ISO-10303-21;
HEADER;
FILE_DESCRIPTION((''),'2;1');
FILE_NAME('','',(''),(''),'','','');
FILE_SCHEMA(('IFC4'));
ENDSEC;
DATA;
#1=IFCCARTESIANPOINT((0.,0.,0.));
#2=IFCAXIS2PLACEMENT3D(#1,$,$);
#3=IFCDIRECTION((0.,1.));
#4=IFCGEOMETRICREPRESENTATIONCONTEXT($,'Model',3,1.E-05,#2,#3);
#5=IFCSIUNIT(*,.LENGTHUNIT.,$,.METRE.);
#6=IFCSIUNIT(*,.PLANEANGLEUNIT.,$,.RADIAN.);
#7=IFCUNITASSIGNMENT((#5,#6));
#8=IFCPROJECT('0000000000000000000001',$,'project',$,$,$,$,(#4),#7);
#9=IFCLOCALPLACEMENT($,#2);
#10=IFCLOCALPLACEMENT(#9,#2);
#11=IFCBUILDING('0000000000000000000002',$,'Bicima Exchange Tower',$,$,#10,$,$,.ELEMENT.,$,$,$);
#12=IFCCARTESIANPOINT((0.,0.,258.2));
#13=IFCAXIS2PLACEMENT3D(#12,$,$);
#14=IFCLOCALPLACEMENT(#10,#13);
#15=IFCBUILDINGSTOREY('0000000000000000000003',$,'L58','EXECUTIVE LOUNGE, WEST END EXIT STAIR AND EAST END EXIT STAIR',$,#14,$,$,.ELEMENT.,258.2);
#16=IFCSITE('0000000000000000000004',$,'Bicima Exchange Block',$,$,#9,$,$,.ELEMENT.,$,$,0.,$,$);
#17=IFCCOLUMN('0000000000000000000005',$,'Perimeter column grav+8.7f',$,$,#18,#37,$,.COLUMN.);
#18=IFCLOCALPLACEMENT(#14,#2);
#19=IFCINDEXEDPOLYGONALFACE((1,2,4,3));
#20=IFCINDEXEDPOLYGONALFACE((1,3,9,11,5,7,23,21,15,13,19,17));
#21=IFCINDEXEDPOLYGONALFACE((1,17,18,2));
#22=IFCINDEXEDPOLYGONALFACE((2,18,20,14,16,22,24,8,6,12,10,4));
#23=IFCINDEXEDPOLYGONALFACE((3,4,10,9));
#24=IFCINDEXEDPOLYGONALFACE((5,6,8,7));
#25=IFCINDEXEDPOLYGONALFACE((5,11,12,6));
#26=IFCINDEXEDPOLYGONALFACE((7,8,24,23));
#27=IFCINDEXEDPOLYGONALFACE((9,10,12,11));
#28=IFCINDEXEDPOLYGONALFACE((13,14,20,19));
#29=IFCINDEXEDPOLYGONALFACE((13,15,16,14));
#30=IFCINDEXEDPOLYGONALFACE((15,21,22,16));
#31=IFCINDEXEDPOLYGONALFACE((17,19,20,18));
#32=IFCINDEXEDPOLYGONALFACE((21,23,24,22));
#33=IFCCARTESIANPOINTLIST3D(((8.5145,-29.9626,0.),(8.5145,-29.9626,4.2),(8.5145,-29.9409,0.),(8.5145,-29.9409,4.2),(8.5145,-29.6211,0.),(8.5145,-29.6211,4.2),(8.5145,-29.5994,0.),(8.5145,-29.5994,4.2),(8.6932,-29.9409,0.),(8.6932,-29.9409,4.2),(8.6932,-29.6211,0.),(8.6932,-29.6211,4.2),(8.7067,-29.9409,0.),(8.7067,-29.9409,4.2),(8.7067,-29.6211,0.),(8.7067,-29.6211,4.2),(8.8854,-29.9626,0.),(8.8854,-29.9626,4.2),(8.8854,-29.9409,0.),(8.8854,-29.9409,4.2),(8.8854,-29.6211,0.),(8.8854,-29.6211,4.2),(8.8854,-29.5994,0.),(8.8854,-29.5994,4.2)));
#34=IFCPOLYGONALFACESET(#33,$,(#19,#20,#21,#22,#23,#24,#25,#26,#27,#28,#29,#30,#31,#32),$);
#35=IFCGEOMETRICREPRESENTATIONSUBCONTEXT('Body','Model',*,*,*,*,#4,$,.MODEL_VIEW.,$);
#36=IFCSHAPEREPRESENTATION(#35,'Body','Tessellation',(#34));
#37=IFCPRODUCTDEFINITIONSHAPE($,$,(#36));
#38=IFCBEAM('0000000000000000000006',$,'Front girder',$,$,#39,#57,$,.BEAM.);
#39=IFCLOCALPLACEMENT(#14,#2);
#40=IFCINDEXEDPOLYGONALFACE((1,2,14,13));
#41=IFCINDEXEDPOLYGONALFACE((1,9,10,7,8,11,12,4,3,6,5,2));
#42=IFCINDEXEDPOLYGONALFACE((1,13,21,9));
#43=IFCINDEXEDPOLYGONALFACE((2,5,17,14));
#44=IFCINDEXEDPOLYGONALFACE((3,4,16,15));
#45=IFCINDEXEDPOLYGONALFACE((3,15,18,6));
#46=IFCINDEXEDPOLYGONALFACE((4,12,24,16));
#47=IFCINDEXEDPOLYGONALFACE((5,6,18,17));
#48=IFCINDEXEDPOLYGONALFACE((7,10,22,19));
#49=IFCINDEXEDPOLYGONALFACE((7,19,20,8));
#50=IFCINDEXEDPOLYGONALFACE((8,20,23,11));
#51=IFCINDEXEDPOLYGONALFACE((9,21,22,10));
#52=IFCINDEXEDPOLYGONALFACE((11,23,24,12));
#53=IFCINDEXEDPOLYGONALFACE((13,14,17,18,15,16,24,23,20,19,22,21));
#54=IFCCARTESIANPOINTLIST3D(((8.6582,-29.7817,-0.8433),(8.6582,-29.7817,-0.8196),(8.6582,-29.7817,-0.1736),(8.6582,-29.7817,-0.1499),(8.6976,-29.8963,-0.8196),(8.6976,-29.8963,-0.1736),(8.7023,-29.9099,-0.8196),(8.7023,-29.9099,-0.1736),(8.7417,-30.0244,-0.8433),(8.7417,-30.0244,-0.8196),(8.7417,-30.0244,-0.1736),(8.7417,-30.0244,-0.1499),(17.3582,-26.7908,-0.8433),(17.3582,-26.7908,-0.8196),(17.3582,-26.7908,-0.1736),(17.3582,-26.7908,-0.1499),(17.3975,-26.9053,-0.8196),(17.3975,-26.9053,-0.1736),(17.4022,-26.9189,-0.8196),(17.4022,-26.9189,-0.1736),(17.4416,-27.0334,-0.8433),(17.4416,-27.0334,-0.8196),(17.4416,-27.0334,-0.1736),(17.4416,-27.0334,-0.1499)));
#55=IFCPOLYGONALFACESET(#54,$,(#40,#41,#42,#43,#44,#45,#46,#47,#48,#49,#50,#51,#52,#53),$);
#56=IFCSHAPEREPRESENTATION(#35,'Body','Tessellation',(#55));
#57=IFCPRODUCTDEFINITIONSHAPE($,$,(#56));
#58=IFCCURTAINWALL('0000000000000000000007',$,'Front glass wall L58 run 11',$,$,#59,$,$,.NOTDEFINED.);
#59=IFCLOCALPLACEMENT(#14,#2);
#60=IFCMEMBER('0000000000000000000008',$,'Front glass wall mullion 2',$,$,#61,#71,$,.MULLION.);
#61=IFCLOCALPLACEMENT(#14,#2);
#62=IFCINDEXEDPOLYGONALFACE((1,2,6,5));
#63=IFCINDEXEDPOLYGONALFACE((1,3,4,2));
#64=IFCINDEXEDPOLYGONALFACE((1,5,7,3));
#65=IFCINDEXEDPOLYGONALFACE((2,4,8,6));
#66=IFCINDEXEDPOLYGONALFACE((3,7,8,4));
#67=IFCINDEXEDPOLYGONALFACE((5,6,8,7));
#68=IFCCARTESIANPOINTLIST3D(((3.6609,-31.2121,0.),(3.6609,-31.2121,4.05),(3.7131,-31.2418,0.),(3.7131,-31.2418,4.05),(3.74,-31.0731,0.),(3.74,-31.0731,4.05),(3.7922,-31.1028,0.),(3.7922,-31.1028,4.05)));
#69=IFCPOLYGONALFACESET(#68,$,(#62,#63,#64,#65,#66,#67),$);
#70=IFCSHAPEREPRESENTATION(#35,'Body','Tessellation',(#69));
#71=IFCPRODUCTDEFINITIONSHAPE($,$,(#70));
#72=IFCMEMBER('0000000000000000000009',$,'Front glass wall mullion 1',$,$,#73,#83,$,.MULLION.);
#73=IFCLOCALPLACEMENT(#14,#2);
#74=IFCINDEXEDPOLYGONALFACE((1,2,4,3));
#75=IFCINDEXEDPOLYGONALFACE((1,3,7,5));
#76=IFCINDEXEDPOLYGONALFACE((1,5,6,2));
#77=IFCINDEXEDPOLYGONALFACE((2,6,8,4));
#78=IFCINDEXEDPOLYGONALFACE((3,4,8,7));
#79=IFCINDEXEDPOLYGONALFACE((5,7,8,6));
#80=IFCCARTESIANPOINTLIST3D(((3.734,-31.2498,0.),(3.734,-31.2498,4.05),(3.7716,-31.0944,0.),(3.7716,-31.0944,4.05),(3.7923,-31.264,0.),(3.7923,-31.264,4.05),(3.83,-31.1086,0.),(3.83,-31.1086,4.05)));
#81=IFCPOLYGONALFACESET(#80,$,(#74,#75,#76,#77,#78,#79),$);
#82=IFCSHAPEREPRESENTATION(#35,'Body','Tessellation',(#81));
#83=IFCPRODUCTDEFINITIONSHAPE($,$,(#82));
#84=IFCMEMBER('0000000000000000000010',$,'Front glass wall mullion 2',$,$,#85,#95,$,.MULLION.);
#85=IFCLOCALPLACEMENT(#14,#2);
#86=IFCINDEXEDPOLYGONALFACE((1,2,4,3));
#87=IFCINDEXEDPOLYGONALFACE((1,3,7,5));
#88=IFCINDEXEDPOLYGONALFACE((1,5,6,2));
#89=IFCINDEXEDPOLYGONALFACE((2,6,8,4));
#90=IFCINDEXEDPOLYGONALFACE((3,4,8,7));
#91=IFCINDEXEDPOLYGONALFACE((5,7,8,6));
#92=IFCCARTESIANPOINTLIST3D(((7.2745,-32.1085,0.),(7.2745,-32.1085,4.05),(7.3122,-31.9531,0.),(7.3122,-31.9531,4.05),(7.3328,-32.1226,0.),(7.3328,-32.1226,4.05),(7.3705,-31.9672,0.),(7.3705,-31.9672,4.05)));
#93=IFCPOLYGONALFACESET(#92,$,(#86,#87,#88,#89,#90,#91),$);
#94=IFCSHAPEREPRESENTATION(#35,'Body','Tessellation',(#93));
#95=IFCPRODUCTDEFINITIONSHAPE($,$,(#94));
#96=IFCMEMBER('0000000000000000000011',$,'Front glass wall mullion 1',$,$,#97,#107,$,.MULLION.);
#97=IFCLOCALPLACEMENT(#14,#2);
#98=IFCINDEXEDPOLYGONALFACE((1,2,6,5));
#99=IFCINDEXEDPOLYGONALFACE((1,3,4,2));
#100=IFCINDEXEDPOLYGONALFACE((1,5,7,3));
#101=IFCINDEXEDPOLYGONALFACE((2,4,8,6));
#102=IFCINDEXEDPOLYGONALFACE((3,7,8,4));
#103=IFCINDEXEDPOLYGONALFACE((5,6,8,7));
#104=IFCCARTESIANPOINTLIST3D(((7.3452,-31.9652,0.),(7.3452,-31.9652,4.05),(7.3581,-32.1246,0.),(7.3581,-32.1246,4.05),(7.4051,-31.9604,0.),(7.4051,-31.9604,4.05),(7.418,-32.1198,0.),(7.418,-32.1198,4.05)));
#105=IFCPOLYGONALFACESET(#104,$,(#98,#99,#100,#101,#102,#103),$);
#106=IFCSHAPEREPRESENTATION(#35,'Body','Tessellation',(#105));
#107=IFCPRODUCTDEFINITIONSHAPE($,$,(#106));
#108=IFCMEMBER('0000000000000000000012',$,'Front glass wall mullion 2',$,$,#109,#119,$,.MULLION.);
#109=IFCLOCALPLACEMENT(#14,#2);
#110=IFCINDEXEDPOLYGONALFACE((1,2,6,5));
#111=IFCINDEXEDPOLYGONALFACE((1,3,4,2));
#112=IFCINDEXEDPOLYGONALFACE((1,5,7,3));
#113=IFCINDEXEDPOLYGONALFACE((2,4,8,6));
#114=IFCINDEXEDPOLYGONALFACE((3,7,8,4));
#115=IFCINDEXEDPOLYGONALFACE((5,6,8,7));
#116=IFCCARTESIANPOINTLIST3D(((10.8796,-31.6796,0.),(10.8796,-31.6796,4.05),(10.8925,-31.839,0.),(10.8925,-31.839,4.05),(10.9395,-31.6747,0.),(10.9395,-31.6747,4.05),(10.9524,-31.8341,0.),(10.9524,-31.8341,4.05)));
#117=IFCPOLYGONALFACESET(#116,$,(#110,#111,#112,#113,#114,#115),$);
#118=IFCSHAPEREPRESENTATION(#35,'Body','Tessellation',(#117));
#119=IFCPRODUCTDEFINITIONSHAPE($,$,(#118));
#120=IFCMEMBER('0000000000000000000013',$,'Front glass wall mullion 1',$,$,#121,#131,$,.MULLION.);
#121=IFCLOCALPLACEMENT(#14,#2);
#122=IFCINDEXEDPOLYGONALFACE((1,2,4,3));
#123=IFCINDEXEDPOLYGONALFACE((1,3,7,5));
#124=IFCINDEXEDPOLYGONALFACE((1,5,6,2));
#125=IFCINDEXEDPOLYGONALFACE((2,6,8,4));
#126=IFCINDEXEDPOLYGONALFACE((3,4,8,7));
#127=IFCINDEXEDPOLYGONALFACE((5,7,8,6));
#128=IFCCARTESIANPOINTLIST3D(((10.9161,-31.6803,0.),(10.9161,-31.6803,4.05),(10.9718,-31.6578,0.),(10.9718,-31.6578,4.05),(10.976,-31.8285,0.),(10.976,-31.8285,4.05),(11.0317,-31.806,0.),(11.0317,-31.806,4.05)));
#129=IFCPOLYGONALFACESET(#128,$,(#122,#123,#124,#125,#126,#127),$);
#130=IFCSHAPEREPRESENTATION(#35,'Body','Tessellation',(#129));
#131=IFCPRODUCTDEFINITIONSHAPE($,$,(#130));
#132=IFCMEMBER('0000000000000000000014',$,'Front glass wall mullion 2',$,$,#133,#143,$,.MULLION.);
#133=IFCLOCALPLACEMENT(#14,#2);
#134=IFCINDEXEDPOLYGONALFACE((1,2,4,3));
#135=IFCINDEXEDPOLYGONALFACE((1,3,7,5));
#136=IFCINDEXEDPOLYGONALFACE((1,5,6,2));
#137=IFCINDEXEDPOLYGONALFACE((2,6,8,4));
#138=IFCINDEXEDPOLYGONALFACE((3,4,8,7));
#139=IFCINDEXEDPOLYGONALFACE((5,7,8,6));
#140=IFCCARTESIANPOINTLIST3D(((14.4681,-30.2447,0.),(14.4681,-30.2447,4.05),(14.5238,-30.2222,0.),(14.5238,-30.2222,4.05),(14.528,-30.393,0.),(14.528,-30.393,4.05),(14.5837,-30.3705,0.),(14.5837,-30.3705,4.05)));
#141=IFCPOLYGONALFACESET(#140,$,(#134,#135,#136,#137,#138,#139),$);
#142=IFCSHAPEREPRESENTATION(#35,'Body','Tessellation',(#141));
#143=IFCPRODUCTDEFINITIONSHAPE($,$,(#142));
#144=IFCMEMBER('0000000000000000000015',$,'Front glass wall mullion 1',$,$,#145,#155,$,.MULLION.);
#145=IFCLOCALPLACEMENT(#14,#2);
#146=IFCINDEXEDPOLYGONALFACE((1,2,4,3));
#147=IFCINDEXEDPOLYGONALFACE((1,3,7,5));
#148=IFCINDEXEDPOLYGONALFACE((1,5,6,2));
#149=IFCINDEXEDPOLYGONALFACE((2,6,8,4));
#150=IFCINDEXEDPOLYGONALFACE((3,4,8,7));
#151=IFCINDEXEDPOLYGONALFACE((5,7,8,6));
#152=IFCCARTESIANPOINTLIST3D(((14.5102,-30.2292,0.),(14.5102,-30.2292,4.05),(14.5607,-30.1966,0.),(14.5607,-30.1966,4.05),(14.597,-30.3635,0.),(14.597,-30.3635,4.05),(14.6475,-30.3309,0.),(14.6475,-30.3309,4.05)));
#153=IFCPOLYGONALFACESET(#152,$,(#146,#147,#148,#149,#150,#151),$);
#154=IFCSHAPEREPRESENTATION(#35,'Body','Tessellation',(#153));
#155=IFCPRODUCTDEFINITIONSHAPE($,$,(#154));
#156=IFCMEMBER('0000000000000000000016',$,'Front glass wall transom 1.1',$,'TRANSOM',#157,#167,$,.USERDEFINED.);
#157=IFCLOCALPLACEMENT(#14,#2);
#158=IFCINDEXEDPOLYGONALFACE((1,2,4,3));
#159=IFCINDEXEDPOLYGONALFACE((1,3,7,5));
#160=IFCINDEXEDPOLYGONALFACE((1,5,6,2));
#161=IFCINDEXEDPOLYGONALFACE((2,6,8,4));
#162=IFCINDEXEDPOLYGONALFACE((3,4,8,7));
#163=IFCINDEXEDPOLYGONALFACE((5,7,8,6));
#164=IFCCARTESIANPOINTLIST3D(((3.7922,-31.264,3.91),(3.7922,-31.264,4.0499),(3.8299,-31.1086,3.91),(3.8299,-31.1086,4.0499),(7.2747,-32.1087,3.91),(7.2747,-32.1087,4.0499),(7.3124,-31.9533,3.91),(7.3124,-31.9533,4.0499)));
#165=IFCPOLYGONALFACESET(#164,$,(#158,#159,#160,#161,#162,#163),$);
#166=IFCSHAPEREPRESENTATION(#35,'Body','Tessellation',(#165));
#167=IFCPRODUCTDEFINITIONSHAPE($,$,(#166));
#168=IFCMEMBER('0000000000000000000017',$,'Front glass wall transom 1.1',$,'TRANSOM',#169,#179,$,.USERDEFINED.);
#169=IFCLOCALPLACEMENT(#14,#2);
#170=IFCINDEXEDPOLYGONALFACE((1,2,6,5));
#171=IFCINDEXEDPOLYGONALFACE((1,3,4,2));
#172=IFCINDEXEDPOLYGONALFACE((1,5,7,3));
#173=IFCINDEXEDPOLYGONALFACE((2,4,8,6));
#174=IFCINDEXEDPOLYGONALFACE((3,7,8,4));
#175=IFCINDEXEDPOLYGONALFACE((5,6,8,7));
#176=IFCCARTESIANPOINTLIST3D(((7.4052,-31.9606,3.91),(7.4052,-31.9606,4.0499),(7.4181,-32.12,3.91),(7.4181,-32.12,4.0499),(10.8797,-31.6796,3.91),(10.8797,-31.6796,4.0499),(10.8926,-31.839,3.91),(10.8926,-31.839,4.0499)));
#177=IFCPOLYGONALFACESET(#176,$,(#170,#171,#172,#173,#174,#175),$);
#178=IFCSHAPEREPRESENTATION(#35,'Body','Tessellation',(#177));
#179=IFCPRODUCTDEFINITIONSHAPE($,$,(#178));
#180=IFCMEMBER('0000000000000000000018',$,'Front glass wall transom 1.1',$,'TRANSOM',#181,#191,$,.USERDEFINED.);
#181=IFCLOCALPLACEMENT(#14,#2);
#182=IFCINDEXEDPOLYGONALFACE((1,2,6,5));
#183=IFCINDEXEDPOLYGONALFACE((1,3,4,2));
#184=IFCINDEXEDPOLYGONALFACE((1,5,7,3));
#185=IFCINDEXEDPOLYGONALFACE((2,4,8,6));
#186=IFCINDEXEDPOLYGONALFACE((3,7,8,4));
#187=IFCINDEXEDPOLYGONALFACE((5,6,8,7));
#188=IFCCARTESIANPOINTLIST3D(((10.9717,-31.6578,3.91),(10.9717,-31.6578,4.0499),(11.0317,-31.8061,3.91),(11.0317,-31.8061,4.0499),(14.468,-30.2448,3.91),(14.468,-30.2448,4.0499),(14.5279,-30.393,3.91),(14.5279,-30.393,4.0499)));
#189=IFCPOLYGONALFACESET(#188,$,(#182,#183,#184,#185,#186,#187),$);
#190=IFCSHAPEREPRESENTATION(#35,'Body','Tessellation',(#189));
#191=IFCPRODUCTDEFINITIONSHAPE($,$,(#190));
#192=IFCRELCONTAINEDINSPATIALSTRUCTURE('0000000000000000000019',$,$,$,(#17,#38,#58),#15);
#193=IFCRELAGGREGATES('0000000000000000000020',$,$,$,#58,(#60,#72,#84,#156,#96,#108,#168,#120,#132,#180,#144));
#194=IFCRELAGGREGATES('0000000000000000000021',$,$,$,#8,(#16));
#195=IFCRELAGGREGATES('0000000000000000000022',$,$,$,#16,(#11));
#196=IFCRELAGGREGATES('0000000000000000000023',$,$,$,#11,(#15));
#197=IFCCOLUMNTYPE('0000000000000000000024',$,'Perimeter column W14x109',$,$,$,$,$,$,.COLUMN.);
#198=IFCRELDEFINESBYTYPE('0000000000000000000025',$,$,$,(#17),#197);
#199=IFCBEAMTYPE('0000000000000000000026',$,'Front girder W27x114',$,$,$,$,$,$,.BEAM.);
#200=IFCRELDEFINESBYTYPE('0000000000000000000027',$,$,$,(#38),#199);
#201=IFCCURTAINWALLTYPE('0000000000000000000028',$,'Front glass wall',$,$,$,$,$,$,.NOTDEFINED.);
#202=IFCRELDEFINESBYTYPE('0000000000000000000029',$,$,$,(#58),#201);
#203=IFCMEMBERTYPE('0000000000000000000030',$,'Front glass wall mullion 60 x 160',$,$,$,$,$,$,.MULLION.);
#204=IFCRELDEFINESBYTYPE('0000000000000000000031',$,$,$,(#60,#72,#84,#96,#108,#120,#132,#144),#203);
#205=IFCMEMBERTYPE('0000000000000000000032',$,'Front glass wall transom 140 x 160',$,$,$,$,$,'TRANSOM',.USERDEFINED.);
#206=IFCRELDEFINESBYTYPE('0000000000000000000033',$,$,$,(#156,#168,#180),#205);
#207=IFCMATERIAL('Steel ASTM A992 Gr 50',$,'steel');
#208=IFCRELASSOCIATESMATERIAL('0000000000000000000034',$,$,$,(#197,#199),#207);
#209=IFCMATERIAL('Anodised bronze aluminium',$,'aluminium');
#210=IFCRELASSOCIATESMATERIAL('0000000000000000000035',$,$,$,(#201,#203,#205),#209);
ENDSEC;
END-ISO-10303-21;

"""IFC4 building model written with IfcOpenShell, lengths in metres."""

from ifc_helpers import new_model, si_unit, direction, frame, origin, origin_2d, place, context, subcontext, project, spatial, rectangle, i_section, extrude, material, material_profile, profile_set, type_object, element, aggregate, save


model = new_model("IFC4")

# Units and contexts
model_context = context("Model", 3, precision=1e-05, world=origin(), true_north=direction((0.0, 1.0)))
body_context = subcontext(model_context, "Body", "Model", "MODEL_VIEW")
ifc_project = project(units=[si_unit("LENGTHUNIT", "METRE"), si_unit("PLANEANGLEUNIT", "RADIAN")], contexts=[model_context])

# Site, building, storey
site_placement = place(None, origin())
site = spatial("IfcSite", under=ifc_project, at=site_placement, Name="Bicima Exchange Block", CompositionType="ELEMENT", RefElevation=0.0)
building_placement = place(site_placement, origin())
building = spatial("IfcBuilding", under=site, at=building_placement, Name="Bicima Exchange Tower", CompositionType="ELEMENT")
storey_placement = place(building_placement, frame((0.0, 0.0, 258.2)))
storey = spatial("IfcBuildingStorey", under=building, at=storey_placement, Name="L58", Description="EXECUTIVE LOUNGE, WEST END EXIT STAIR AND EAST END EXIT STAIR", CompositionType="ELEMENT", Elevation=258.2)

# Column
ifc_material_1 = material(Name="Steel ASTM A992 Gr 50", Category="steel")
ifc_material_profile_1 = material_profile(ifc_material_1, i_section(OverallWidth=0.3708, OverallDepth=0.3633, WebThickness=0.0134, FlangeThickness=0.0217, at=origin_2d()))
ifc_profile_set_1 = profile_set([ifc_material_profile_1], Name="Steel ASTM A992 Gr 50")
column_type = type_object("IfcColumnType", Name="Perimeter column W14x109", PredefinedType="COLUMN", material=ifc_profile_set_1)
column_placement = place(storey_placement, frame((8.7, -29.781, 0.0), z_axis=(0.0, 0.0, 1.0), x_axis=(1.0, 0.0, 0.0)))
element("IfcColumn", 1, at=column_placement, inside=storey, type_object=column_type, Name="Perimeter column grav+8.7f", PredefinedType="COLUMN", context=body_context, shape_type="SweptSolid", body=[
    extrude(i_section(OverallWidth=0.3708, OverallDepth=0.3633, WebThickness=0.0134, FlangeThickness=0.0217, at=origin_2d()), origin(), (0.0, 0.0, 1.0), 4.2),
])

# Beam
ifc_material_profile_2 = material_profile(ifc_material_1, i_section(OverallWidth=0.2566, OverallDepth=0.6934, WebThickness=0.0144, FlangeThickness=0.0237, at=origin_2d()))
ifc_profile_set_2 = profile_set([ifc_material_profile_2], Name="Steel ASTM A992 Gr 50")
beam_type = type_object("IfcBeamType", Name="Front girder W27x114", PredefinedType="BEAM", material=ifc_profile_set_2)
beam_placement = place(storey_placement, frame((8.7, -29.9031, -0.4966), z_axis=(0.945675, 0.325115, 0.0), x_axis=(-0.325115, 0.945675, 0.0)))
element("IfcBeam", 2, at=beam_placement, inside=storey, type_object=beam_type, Name="Front girder", PredefinedType="BEAM", context=body_context, shape_type="SweptSolid", body=[
    extrude(i_section(OverallWidth=0.2566, OverallDepth=0.6934, WebThickness=0.0144, FlangeThickness=0.0237, at=origin_2d()), origin(), (0.0, 0.0, 1.0), 9.1997),
])

# Curtain wall, members
ifc_material_2 = material(Name="Anodised bronze aluminium", Category="aluminium")
curtain_wall_type = type_object("IfcCurtainWallType", Name="Front glass wall", PredefinedType="NOTDEFINED", material=ifc_material_2)
curtain_wall_placement = place(storey_placement, origin())
curtain_wall = element("IfcCurtainWall", 3, at=curtain_wall_placement, inside=storey, type_object=curtain_wall_type, Name="Front glass wall L58 run 11", PredefinedType="NOTDEFINED")
ifc_material_profile_3 = material_profile(ifc_material_2, rectangle(XDim=0.1599, YDim=0.0601, at=origin_2d()))
ifc_profile_set_3 = profile_set([ifc_material_profile_3], Name="Anodised bronze aluminium")
member_type_1 = type_object("IfcMemberType", Name="Front glass wall mullion 60 x 160", PredefinedType="MULLION", material=ifc_profile_set_3)
member_1_placement = place(storey_placement, frame((3.7266, -31.1575, 0.0), z_axis=(0.0, 0.0, 1.0), x_axis=(0.49433, 0.869274, 0.0)))
member_1 = element("IfcMember", 4, at=member_1_placement, type_object=member_type_1, Name="Front glass wall mullion 2", PredefinedType="MULLION", context=body_context, shape_type="SweptSolid", body=[
    extrude(rectangle(XDim=0.1599, YDim=0.0601, at=origin_2d()), origin(), (0.0, 0.0, 1.0), 4.05),
])
member_2_placement = place(storey_placement, frame((3.782, -31.1792, 0.0), z_axis=(0.0, 0.0, 1.0), x_axis=(0.235682, 0.97183, 0.0)))
member_2 = element("IfcMember", 5, at=member_2_placement, type_object=member_type_1, Name="Front glass wall mullion 1", PredefinedType="MULLION", context=body_context, shape_type="SweptSolid", body=[
    extrude(rectangle(XDim=0.1599, YDim=0.0601, at=origin_2d()), origin(), (0.0, 0.0, 1.0), 4.05),
])
member_3_placement = place(storey_placement, frame((7.3225, -32.0378, 0.0), z_axis=(0.0, 0.0, 1.0), x_axis=(0.235682, 0.97183, 0.0)))
member_3 = element("IfcMember", 6, at=member_3_placement, type_object=member_type_1, Name="Front glass wall mullion 2", PredefinedType="MULLION", context=body_context, shape_type="SweptSolid", body=[
    extrude(rectangle(XDim=0.1599, YDim=0.0601, at=origin_2d()), origin(), (0.0, 0.0, 1.0), 4.05),
])
member_4_placement = place(storey_placement, frame((7.3816, -32.0425, 0.0), z_axis=(0.0, 0.0, 1.0), x_axis=(-0.080589, 0.996747, 0.0)))
member_4 = element("IfcMember", 7, at=member_4_placement, type_object=member_type_1, Name="Front glass wall mullion 1", PredefinedType="MULLION", context=body_context, shape_type="SweptSolid", body=[
    extrude(rectangle(XDim=0.1599, YDim=0.0601, at=origin_2d()), origin(), (0.0, 0.0, 1.0), 4.05),
])
member_5_placement = place(storey_placement, frame((10.916, -31.7568, 0.0), z_axis=(0.0, 0.0, 1.0), x_axis=(-0.080589, 0.996747, 0.0)))
member_5 = element("IfcMember", 8, at=member_5_placement, type_object=member_type_1, Name="Front glass wall mullion 2", PredefinedType="MULLION", context=body_context, shape_type="SweptSolid", body=[
    extrude(rectangle(XDim=0.1599, YDim=0.0601, at=origin_2d()), origin(), (0.0, 0.0, 1.0), 4.05),
])
member_6_placement = place(storey_placement, frame((10.9739, -31.7432, 0.0), z_axis=(0.0, 0.0, 1.0), x_axis=(-0.374705, 0.927144, 0.0)))
member_6 = element("IfcMember", 9, at=member_6_placement, type_object=member_type_1, Name="Front glass wall mullion 1", PredefinedType="MULLION", context=body_context, shape_type="SweptSolid", body=[
    extrude(rectangle(XDim=0.1599, YDim=0.0601, at=origin_2d()), origin(), (0.0, 0.0, 1.0), 4.05),
])
member_7_placement = place(storey_placement, frame((14.5259, -30.3076, 0.0), z_axis=(0.0, 0.0, 1.0), x_axis=(-0.374705, 0.927144, 0.0)))
member_7 = element("IfcMember", 10, at=member_7_placement, type_object=member_type_1, Name="Front glass wall mullion 2", PredefinedType="MULLION", context=body_context, shape_type="SweptSolid", body=[
    extrude(rectangle(XDim=0.1599, YDim=0.0601, at=origin_2d()), origin(), (0.0, 0.0, 1.0), 4.05),
])
member_8_placement = place(storey_placement, frame((14.5789, -30.28, 0.0), z_axis=(0.0, 0.0, 1.0), x_axis=(-0.542909, 0.839791, 0.0)))
member_8 = element("IfcMember", 11, at=member_8_placement, type_object=member_type_1, Name="Front glass wall mullion 1", PredefinedType="MULLION", context=body_context, shape_type="SweptSolid", body=[
    extrude(rectangle(XDim=0.1599, YDim=0.0601, at=origin_2d()), origin(), (0.0, 0.0, 1.0), 4.05),
])
ifc_material_profile_4 = material_profile(ifc_material_2, rectangle(XDim=0.1599, YDim=0.1399, at=origin_2d()))
ifc_profile_set_4 = profile_set([ifc_material_profile_4], Name="Anodised bronze aluminium")
member_type_2 = type_object("IfcMemberType", Name="Front glass wall transom 140 x 160", ElementType="TRANSOM", PredefinedType="USERDEFINED", material=ifc_profile_set_4)
member_9_placement = place(storey_placement, frame((3.811, -31.1863, 3.98), z_axis=(0.971818, -0.235733, 0.0), x_axis=(0.235733, 0.971818, 0.0)))
member_9 = element("IfcMember", 12, at=member_9_placement, type_object=member_type_2, Name="Front glass wall transom 1.1", ObjectType="TRANSOM", PredefinedType="USERDEFINED", context=body_context, shape_type="SweptSolid", body=[
    extrude(rectangle(XDim=0.1599, YDim=0.1399, at=origin_2d()), origin(), (0.0, 0.0, 1.0), 3.5835),
])
member_10_placement = place(storey_placement, frame((7.4116, -32.0403, 3.98), z_axis=(0.996746, 0.080611, 0.0), x_axis=(-0.080611, 0.996746, 0.0)))
member_10 = element("IfcMember", 13, at=member_10_placement, type_object=member_type_2, Name="Front glass wall transom 1.1", ObjectType="TRANSOM", PredefinedType="USERDEFINED", context=body_context, shape_type="SweptSolid", body=[
    extrude(rectangle(XDim=0.1599, YDim=0.1399, at=origin_2d()), origin(), (0.0, 0.0, 1.0), 3.4858),
])
member_11_placement = place(storey_placement, frame((11.0017, -31.7319, 3.98), z_axis=(0.92714, 0.374715, 0.0), x_axis=(-0.374715, 0.92714, 0.0)))
member_11 = element("IfcMember", 14, at=member_11_placement, type_object=member_type_2, Name="Front glass wall transom 1.1", ObjectType="TRANSOM", PredefinedType="USERDEFINED", context=body_context, shape_type="SweptSolid", body=[
    extrude(rectangle(XDim=0.1599, YDim=0.1399, at=origin_2d()), origin(), (0.0, 0.0, 1.0), 3.771),
])
aggregate(curtain_wall, [member_1, member_2, member_3, member_9, member_4, member_5, member_10, member_6, member_7, member_11, member_8])

save(model, "model.ifc")
